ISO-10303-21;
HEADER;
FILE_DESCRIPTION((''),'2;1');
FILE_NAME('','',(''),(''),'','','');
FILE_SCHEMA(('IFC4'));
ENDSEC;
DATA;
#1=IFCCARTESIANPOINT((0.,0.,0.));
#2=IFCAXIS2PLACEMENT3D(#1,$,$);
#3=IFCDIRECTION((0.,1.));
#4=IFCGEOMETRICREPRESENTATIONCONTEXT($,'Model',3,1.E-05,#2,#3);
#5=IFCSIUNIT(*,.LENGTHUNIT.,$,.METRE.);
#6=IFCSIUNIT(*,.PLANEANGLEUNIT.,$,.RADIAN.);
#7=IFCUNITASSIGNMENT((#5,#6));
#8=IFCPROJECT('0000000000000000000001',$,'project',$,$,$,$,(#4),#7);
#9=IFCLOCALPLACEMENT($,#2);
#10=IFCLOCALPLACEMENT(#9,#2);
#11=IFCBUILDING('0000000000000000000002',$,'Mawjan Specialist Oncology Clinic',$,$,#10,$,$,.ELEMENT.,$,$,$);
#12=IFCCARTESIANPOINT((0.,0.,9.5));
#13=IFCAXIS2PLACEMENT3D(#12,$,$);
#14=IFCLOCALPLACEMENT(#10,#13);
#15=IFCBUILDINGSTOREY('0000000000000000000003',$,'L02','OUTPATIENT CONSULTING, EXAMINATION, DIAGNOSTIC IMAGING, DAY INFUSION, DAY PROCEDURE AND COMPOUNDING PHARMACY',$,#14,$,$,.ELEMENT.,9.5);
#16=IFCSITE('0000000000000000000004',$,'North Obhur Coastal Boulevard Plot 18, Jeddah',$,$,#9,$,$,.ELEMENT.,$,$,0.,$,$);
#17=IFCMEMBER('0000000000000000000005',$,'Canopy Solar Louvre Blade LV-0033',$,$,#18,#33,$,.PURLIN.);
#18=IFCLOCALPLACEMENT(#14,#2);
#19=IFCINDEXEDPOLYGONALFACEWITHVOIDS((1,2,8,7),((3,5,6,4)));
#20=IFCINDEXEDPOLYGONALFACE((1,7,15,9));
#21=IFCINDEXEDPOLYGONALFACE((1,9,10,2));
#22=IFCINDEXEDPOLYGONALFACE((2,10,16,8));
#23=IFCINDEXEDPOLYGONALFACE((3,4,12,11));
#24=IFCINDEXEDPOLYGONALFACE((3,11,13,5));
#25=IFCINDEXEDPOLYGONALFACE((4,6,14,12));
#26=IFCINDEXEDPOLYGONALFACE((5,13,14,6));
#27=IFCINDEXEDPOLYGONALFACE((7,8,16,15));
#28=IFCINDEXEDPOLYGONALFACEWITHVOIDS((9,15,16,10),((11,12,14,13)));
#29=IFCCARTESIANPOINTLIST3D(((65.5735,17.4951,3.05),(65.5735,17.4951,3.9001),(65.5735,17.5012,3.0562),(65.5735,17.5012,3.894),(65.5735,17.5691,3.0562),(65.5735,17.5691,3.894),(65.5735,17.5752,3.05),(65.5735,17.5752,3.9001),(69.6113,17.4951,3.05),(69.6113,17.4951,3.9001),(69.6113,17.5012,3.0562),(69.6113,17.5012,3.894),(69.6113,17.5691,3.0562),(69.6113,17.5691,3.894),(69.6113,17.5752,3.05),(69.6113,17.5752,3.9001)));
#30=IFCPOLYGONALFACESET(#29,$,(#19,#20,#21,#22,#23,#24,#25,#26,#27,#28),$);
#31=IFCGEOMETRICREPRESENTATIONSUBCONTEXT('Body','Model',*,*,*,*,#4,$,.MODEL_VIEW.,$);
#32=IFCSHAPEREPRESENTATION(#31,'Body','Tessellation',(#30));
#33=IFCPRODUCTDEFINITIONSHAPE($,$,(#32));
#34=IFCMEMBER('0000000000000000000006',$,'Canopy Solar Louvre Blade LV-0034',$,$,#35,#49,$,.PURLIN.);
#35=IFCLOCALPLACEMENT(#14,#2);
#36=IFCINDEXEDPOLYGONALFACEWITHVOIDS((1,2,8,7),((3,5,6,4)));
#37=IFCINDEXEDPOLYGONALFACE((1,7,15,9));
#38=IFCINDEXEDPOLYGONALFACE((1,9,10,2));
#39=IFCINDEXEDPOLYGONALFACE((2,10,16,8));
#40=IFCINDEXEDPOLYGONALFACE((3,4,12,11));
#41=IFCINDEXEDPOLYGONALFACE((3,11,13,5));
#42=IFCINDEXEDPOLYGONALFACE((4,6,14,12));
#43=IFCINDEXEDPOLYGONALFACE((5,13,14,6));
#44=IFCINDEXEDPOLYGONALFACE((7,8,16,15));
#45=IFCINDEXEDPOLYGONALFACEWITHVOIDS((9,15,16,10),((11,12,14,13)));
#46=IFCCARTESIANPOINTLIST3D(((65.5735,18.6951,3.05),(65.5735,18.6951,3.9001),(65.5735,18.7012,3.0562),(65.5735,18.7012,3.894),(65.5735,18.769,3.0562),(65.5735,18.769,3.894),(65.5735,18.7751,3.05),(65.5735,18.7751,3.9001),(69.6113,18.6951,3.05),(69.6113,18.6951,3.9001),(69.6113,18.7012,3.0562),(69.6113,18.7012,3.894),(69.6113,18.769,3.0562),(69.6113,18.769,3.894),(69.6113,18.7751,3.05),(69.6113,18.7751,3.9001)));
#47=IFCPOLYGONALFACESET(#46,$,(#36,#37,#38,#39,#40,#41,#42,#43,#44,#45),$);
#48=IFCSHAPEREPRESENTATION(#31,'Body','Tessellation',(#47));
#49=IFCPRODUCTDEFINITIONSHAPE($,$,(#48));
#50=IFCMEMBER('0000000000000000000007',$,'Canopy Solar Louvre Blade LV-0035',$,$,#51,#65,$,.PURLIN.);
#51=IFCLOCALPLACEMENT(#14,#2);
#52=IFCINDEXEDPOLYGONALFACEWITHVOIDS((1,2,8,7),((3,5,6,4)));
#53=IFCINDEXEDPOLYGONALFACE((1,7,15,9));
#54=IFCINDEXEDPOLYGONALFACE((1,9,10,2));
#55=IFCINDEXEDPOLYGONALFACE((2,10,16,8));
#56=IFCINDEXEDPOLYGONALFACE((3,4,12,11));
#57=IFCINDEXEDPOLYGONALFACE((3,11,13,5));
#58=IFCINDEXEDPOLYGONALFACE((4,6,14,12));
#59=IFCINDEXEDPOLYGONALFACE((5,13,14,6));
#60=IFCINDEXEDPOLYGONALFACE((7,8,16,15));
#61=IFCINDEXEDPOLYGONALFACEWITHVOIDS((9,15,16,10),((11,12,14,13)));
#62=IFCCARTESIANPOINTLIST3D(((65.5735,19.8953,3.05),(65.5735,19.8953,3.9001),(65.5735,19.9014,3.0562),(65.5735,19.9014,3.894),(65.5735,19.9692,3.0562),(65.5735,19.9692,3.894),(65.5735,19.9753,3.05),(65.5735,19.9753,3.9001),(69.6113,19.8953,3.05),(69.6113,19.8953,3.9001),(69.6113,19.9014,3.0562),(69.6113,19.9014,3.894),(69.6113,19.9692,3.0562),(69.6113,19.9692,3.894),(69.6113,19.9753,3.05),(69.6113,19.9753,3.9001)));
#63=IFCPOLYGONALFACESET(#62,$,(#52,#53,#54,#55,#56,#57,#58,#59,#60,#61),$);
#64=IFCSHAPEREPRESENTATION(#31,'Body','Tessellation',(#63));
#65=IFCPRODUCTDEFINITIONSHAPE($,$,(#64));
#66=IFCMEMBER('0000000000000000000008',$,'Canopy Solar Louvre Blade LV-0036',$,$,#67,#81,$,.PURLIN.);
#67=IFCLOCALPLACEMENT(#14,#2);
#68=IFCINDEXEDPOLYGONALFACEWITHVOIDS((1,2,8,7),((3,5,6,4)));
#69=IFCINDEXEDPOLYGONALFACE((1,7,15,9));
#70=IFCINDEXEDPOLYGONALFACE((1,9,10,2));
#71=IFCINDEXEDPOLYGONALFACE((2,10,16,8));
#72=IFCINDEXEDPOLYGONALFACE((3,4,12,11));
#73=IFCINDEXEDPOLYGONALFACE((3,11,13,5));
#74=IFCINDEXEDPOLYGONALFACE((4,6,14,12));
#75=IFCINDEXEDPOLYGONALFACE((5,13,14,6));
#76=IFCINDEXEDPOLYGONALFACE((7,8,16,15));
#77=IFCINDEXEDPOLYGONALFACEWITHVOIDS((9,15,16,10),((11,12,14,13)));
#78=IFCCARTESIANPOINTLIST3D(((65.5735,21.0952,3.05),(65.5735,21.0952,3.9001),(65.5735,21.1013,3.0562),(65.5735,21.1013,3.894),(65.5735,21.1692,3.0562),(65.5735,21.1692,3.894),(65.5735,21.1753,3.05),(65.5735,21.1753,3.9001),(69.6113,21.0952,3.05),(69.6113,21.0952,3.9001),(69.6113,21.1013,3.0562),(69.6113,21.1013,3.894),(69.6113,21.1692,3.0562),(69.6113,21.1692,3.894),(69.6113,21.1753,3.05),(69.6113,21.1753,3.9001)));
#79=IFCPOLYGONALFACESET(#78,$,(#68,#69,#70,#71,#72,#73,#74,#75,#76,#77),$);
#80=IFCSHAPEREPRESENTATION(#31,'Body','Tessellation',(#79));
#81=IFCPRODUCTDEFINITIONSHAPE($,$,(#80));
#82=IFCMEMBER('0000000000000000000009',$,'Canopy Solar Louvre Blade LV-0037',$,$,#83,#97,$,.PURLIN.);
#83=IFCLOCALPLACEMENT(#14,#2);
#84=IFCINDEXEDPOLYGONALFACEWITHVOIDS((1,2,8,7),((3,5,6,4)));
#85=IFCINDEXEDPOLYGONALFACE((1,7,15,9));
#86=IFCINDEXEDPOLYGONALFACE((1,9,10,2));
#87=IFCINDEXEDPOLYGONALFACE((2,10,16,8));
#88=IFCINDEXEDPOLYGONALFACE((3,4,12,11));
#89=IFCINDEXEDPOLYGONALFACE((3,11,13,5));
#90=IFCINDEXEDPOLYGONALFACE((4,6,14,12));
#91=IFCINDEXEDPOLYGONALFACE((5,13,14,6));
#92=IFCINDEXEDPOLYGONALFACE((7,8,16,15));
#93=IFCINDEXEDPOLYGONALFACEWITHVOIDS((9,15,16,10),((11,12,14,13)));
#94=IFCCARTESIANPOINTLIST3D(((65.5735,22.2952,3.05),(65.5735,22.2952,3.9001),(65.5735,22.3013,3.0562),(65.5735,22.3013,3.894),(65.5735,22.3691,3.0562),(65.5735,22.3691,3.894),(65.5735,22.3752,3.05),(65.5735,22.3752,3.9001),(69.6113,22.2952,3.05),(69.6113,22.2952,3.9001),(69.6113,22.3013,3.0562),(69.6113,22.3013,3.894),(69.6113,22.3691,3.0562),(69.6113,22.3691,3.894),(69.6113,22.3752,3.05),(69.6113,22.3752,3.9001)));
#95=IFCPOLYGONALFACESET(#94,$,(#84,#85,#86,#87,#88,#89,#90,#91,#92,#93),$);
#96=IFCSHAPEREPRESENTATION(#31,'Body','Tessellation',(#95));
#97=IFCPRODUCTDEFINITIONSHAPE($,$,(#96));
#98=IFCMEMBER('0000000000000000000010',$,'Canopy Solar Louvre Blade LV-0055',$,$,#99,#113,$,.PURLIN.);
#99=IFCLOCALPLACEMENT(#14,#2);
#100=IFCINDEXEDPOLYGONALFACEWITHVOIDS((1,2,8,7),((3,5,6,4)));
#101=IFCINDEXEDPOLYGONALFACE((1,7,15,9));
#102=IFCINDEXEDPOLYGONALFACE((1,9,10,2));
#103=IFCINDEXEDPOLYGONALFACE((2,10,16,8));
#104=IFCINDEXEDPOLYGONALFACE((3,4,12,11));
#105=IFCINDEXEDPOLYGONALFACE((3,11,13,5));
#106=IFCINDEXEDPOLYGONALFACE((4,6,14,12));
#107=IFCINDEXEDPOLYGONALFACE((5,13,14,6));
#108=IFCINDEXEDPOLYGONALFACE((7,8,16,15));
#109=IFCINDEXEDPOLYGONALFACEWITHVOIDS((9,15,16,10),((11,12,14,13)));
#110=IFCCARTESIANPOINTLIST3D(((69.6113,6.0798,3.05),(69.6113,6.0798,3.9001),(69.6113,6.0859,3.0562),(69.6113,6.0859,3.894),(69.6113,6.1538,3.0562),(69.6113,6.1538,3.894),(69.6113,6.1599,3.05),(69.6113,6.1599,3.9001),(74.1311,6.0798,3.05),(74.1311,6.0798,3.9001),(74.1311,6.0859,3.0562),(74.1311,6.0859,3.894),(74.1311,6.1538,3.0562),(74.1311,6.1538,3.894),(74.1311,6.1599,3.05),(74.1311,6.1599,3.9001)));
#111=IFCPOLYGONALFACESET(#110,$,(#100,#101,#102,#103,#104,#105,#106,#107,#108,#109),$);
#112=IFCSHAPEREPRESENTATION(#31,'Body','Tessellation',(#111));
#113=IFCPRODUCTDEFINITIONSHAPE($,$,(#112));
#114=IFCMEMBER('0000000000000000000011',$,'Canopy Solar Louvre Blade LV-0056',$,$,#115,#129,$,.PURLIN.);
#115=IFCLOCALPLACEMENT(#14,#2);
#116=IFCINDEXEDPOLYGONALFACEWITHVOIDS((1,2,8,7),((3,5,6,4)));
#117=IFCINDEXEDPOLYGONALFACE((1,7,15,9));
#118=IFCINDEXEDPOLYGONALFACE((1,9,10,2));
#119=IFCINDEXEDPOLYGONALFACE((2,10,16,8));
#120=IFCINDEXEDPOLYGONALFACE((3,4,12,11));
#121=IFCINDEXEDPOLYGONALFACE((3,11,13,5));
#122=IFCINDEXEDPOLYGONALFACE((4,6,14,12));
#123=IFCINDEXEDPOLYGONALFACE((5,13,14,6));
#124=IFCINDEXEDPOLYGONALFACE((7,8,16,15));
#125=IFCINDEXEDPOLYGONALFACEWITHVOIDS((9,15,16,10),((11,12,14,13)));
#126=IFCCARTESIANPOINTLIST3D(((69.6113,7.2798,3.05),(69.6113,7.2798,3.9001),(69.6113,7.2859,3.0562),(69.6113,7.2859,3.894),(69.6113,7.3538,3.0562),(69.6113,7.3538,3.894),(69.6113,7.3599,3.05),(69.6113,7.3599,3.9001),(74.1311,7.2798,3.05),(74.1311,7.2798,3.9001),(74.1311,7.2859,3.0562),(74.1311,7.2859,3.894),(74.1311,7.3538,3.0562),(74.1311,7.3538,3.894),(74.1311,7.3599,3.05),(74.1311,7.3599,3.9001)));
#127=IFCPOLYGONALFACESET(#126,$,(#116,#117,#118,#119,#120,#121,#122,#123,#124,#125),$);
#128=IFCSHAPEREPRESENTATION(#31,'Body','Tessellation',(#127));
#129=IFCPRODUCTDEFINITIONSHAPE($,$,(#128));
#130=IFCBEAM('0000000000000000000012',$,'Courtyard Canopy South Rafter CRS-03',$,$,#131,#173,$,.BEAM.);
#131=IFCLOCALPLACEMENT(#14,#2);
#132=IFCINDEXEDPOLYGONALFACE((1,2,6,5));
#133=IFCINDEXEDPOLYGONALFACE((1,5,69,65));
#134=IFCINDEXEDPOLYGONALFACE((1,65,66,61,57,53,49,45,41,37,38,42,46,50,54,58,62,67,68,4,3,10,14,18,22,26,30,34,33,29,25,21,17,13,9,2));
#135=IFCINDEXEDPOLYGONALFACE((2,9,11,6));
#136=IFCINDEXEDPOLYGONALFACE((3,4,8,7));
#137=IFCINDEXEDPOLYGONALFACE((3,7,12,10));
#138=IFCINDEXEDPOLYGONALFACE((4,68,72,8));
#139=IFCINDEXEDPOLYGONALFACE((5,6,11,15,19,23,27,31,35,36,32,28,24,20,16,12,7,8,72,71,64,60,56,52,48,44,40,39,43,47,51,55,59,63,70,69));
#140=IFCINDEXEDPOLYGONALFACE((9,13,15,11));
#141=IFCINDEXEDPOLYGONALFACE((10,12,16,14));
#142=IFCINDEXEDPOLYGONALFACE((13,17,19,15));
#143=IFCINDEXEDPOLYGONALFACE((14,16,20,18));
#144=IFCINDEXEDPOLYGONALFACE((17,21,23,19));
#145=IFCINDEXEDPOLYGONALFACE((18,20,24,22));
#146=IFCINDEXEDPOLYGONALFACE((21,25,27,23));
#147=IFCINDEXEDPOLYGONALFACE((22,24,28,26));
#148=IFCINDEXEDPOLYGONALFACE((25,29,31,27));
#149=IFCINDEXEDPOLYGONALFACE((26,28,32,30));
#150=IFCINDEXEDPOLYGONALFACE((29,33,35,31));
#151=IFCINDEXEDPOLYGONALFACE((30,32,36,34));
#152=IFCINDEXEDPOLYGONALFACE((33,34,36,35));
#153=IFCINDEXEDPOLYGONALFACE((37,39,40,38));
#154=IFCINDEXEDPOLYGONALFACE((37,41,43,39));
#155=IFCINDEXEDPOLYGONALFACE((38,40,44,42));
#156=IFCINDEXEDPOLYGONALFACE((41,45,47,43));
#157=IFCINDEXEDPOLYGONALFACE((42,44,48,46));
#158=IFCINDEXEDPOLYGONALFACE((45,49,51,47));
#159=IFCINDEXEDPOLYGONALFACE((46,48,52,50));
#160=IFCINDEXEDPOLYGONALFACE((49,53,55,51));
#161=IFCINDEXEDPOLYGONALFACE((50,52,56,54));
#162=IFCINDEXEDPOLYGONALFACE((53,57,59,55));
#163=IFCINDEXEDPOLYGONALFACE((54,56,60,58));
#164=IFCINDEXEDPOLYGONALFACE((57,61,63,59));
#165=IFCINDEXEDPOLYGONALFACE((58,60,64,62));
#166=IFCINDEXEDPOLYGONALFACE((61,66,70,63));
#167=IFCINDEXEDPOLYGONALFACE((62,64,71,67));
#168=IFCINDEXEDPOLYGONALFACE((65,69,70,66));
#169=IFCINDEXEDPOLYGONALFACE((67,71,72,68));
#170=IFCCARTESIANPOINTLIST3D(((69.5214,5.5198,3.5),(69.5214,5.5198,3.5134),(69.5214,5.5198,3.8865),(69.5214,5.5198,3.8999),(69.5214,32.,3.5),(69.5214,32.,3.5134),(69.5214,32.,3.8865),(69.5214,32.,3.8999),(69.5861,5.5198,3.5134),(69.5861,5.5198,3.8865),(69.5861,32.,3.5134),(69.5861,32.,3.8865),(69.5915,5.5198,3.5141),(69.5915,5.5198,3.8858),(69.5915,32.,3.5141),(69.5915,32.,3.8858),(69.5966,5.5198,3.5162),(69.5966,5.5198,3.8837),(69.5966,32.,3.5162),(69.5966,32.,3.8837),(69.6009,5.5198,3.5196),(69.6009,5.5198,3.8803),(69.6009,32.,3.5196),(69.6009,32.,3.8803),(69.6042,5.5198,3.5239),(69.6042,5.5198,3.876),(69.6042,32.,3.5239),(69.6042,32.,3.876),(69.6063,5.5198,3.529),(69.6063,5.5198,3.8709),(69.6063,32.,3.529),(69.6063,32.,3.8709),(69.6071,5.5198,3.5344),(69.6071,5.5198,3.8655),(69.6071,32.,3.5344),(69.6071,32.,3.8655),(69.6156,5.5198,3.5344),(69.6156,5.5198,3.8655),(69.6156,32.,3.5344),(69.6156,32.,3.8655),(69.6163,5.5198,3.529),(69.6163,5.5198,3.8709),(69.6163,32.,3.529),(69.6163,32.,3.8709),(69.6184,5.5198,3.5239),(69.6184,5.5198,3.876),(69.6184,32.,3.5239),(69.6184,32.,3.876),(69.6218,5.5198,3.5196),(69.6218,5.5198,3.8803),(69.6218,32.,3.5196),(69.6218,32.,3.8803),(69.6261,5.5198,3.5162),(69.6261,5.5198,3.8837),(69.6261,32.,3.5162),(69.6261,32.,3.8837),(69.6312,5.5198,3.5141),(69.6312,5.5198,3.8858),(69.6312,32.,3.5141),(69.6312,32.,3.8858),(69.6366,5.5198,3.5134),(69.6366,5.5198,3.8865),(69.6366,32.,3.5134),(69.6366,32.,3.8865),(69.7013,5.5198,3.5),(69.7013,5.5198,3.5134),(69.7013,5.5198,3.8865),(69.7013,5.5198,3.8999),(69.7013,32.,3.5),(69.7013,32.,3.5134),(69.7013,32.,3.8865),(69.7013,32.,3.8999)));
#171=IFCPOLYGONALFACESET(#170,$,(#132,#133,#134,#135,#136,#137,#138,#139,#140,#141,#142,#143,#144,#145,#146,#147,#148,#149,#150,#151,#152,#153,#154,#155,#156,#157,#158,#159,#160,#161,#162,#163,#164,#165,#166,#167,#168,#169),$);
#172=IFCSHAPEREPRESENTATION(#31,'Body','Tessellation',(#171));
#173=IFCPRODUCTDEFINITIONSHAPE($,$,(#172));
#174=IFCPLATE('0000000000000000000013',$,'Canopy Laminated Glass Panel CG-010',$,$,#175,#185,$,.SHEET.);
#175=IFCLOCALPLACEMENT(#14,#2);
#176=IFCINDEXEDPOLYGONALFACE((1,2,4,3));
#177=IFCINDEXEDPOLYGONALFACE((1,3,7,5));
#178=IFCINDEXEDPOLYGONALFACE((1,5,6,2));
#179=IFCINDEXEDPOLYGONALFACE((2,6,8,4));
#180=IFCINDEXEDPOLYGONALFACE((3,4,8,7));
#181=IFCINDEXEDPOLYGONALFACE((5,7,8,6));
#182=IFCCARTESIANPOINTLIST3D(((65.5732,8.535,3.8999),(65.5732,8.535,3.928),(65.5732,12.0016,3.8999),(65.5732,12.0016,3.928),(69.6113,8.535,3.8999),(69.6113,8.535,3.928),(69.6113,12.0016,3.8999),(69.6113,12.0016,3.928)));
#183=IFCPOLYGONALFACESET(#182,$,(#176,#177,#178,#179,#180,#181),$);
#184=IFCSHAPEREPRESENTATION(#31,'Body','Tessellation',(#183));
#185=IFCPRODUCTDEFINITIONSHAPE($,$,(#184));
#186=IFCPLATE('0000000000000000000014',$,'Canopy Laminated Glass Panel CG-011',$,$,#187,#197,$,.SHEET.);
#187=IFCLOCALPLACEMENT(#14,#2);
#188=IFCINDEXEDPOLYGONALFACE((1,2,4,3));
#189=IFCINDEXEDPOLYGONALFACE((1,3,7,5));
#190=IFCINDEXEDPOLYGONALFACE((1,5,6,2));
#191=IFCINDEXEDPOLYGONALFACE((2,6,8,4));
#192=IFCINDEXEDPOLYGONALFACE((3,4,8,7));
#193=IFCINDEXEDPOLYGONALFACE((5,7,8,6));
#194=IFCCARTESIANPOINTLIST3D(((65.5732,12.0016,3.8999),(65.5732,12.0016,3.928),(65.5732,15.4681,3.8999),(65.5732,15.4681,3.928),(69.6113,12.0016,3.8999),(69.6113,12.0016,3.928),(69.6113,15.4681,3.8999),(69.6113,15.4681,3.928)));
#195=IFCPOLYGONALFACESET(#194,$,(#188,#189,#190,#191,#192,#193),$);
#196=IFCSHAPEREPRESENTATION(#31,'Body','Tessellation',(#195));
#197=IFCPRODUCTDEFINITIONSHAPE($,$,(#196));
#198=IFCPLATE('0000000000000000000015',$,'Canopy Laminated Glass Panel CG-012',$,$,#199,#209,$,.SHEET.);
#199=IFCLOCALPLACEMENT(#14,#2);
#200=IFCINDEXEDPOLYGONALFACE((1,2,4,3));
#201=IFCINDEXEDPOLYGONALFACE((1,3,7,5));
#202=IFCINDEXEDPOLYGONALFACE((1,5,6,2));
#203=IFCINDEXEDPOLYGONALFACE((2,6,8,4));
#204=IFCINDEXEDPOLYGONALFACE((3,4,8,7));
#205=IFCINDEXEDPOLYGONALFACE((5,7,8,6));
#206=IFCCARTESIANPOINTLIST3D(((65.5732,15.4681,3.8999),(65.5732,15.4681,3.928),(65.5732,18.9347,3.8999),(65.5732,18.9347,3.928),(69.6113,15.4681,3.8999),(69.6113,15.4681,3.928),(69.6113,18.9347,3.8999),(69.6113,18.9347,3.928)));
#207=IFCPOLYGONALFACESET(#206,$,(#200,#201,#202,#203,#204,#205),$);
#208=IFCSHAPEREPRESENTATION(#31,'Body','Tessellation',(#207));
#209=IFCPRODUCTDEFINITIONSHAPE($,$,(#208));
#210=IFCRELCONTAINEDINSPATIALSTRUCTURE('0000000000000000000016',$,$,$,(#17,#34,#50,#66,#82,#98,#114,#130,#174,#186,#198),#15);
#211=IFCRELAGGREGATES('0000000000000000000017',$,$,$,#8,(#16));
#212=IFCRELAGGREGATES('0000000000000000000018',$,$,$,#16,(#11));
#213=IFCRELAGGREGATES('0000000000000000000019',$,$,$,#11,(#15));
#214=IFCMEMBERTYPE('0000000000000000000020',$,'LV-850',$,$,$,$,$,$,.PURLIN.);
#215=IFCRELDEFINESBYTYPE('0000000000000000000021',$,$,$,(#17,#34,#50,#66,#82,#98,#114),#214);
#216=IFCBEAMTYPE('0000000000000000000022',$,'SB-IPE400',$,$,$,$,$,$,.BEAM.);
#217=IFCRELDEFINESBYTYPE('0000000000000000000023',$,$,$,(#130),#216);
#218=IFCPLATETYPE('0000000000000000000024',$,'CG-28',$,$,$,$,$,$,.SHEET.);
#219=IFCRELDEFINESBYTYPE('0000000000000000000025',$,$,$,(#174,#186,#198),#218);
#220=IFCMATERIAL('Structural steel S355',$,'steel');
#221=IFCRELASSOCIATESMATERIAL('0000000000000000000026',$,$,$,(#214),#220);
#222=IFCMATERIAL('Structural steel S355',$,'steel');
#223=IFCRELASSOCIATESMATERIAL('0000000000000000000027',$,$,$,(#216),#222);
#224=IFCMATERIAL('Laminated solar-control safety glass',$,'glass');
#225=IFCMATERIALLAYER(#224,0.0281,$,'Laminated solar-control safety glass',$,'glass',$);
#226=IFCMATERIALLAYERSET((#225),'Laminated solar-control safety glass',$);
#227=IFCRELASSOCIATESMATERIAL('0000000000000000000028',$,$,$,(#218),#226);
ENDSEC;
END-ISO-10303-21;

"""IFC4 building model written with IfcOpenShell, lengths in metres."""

from ifc_helpers import new_model, si_unit, direction, frame, origin, origin_2d, place, context, subcontext, project, spatial, rectangle, hollow_rectangle, i_section, extrude, material, layer, layer_set, material_profile, profile_set, type_object, element, save


model = new_model("IFC4")

# Units and contexts
model_context = context("Model", 3, precision=1e-05, world=origin(), true_north=direction((0.0, 1.0)))
body_context = subcontext(model_context, "Body", "Model", "MODEL_VIEW")
ifc_project = project(units=[si_unit("LENGTHUNIT", "METRE"), si_unit("PLANEANGLEUNIT", "RADIAN")], contexts=[model_context])

# Site, building, storey
site_placement = place(None, origin())
site = spatial("IfcSite", under=ifc_project, at=site_placement, Name="North Obhur Coastal Boulevard Plot 18, Jeddah", CompositionType="ELEMENT", RefElevation=0.0)
building_placement = place(site_placement, origin())
building = spatial("IfcBuilding", under=site, at=building_placement, Name="Mawjan Specialist Oncology Clinic", CompositionType="ELEMENT")
storey_placement = place(building_placement, frame((0.0, 0.0, 9.5)))
storey = spatial("IfcBuildingStorey", under=building, at=storey_placement, Name="L02", Description="OUTPATIENT CONSULTING, EXAMINATION, DIAGNOSTIC IMAGING, DAY INFUSION, DAY PROCEDURE AND COMPOUNDING PHARMACY", CompositionType="ELEMENT", Elevation=9.5)

# Members
ifc_material_1 = material(Name="Structural steel S355", Category="steel")
ifc_material_profile_1 = material_profile(ifc_material_1, hollow_rectangle(XDim=0.0801, YDim=0.8501, WallThickness=0.0061, at=origin_2d()), Name="LOUVRE 850x80x6", Category="steel")
ifc_profile_set_1 = profile_set([ifc_material_profile_1], Name="Structural steel S355")
member_type_1 = type_object("IfcMemberType", Name="LV-850", PredefinedType="PURLIN", material=ifc_profile_set_1)
for number, where, z_axis, x_axis, name in (
    (1, (65.5735, 17.5352, 3.4751), (1.0, 0.0, 0.0), (0.0, 1.0, 0.0), "Canopy Solar Louvre Blade LV-0033"),
    (2, (65.5735, 18.7351, 3.4751), (1.0, 0.0, 0.0), (0.0, 1.0, 0.0), "Canopy Solar Louvre Blade LV-0034"),
    (3, (65.5735, 19.9353, 3.4751), (1.0, 0.0, 0.0), (0.0, 1.0, 0.0), "Canopy Solar Louvre Blade LV-0035"),
    (4, (65.5735, 21.1353, 3.4751), (1.0, 0.0, 0.0), (0.0, 1.0, 0.0), "Canopy Solar Louvre Blade LV-0036"),
    (5, (65.5735, 22.3352, 3.4751), (1.0, 0.0, 0.0), (0.0, 1.0, 0.0), "Canopy Solar Louvre Blade LV-0037"),
):
    element("IfcMember", number, at=place(storey_placement, frame(where, z_axis=z_axis, x_axis=x_axis)), inside=storey, type_object=member_type_1, Name=name, PredefinedType="PURLIN", context=body_context, shape_type="SweptSolid", body=[
        extrude(hollow_rectangle(XDim=0.0801, YDim=0.8501, WallThickness=0.0061, at=origin_2d()), origin(), (0.0, 0.0, 1.0), 4.0378),
    ])
for number, where, z_axis, x_axis, name in (
    (6, (69.6113, 6.1199, 3.4751), (1.0, 0.0, 0.0), (0.0, 1.0, 0.0), "Canopy Solar Louvre Blade LV-0055"),
    (7, (69.6113, 7.3198, 3.4751), (1.0, 0.0, 0.0), (0.0, 1.0, 0.0), "Canopy Solar Louvre Blade LV-0056"),
):
    element("IfcMember", number, at=place(storey_placement, frame(where, z_axis=z_axis, x_axis=x_axis)), inside=storey, type_object=member_type_1, Name=name, PredefinedType="PURLIN", context=body_context, shape_type="SweptSolid", body=[
        extrude(hollow_rectangle(XDim=0.0801, YDim=0.8501, WallThickness=0.0061, at=origin_2d()), origin(), (0.0, 0.0, 1.0), 4.5198),
    ])

# Beam
ifc_material_2 = material(Name="Structural steel S355", Category="steel")
ifc_material_profile_2 = material_profile(ifc_material_2, i_section(OverallWidth=0.1799, OverallDepth=0.3999, WebThickness=0.0085, FlangeThickness=0.0134, FilletRadius=0.021, at=origin_2d()), Name="IPE 400", Category="steel")
ifc_profile_set_2 = profile_set([ifc_material_profile_2], Name="Structural steel S355")
beam_type = type_object("IfcBeamType", Name="SB-IPE400", PredefinedType="BEAM", material=ifc_profile_set_2)
beam_placement = place(storey_placement, frame((69.6113, 5.5198, 3.7), z_axis=(0.0, 1.0, 0.0), x_axis=(-1.0, 0.0, 0.0)))
element("IfcBeam", 8, at=beam_placement, inside=storey, type_object=beam_type, Name="Courtyard Canopy South Rafter CRS-03", PredefinedType="BEAM", context=body_context, shape_type="SweptSolid", body=[
    extrude(i_section(OverallWidth=0.1799, OverallDepth=0.3999, WebThickness=0.0085, FlangeThickness=0.0134, FilletRadius=0.021, at=origin_2d()), origin(), (0.0, 0.0, 1.0), 26.4802),
])

# Plates
ifc_material_3 = material(Name="Laminated solar-control safety glass", Category="glass")
ifc_layer_1 = layer(ifc_material_3, 0.0281, Name="Laminated solar-control safety glass", Category="glass")
ifc_layer_set_1 = layer_set([ifc_layer_1], Name="Laminated solar-control safety glass")
plate_type_1 = type_object("IfcPlateType", Name="CG-28", PredefinedType="SHEET", material=ifc_layer_set_1)
for number, where, z_axis, x_axis, name in (
    (9, (67.5923, 10.2683, 3.8999), (0.0, 0.0, 1.0), (1.0, 0.0, 0.0), "Canopy Laminated Glass Panel CG-010"),
    (10, (67.5923, 13.7349, 3.8999), (0.0, 0.0, 1.0), (1.0, 0.0, 0.0), "Canopy Laminated Glass Panel CG-011"),
    (11, (67.5923, 17.2014, 3.8999), (0.0, 0.0, 1.0), (1.0, 0.0, 0.0), "Canopy Laminated Glass Panel CG-012"),
):
    element("IfcPlate", number, at=place(storey_placement, frame(where, z_axis=z_axis, x_axis=x_axis)), inside=storey, type_object=plate_type_1, Name=name, PredefinedType="SHEET", context=body_context, shape_type="SweptSolid", body=[
        extrude(rectangle(XDim=4.0381, YDim=3.4666, at=origin_2d()), origin(), (0.0, 0.0, 1.0), 0.0281),
    ])

save(model, "model.ifc")
